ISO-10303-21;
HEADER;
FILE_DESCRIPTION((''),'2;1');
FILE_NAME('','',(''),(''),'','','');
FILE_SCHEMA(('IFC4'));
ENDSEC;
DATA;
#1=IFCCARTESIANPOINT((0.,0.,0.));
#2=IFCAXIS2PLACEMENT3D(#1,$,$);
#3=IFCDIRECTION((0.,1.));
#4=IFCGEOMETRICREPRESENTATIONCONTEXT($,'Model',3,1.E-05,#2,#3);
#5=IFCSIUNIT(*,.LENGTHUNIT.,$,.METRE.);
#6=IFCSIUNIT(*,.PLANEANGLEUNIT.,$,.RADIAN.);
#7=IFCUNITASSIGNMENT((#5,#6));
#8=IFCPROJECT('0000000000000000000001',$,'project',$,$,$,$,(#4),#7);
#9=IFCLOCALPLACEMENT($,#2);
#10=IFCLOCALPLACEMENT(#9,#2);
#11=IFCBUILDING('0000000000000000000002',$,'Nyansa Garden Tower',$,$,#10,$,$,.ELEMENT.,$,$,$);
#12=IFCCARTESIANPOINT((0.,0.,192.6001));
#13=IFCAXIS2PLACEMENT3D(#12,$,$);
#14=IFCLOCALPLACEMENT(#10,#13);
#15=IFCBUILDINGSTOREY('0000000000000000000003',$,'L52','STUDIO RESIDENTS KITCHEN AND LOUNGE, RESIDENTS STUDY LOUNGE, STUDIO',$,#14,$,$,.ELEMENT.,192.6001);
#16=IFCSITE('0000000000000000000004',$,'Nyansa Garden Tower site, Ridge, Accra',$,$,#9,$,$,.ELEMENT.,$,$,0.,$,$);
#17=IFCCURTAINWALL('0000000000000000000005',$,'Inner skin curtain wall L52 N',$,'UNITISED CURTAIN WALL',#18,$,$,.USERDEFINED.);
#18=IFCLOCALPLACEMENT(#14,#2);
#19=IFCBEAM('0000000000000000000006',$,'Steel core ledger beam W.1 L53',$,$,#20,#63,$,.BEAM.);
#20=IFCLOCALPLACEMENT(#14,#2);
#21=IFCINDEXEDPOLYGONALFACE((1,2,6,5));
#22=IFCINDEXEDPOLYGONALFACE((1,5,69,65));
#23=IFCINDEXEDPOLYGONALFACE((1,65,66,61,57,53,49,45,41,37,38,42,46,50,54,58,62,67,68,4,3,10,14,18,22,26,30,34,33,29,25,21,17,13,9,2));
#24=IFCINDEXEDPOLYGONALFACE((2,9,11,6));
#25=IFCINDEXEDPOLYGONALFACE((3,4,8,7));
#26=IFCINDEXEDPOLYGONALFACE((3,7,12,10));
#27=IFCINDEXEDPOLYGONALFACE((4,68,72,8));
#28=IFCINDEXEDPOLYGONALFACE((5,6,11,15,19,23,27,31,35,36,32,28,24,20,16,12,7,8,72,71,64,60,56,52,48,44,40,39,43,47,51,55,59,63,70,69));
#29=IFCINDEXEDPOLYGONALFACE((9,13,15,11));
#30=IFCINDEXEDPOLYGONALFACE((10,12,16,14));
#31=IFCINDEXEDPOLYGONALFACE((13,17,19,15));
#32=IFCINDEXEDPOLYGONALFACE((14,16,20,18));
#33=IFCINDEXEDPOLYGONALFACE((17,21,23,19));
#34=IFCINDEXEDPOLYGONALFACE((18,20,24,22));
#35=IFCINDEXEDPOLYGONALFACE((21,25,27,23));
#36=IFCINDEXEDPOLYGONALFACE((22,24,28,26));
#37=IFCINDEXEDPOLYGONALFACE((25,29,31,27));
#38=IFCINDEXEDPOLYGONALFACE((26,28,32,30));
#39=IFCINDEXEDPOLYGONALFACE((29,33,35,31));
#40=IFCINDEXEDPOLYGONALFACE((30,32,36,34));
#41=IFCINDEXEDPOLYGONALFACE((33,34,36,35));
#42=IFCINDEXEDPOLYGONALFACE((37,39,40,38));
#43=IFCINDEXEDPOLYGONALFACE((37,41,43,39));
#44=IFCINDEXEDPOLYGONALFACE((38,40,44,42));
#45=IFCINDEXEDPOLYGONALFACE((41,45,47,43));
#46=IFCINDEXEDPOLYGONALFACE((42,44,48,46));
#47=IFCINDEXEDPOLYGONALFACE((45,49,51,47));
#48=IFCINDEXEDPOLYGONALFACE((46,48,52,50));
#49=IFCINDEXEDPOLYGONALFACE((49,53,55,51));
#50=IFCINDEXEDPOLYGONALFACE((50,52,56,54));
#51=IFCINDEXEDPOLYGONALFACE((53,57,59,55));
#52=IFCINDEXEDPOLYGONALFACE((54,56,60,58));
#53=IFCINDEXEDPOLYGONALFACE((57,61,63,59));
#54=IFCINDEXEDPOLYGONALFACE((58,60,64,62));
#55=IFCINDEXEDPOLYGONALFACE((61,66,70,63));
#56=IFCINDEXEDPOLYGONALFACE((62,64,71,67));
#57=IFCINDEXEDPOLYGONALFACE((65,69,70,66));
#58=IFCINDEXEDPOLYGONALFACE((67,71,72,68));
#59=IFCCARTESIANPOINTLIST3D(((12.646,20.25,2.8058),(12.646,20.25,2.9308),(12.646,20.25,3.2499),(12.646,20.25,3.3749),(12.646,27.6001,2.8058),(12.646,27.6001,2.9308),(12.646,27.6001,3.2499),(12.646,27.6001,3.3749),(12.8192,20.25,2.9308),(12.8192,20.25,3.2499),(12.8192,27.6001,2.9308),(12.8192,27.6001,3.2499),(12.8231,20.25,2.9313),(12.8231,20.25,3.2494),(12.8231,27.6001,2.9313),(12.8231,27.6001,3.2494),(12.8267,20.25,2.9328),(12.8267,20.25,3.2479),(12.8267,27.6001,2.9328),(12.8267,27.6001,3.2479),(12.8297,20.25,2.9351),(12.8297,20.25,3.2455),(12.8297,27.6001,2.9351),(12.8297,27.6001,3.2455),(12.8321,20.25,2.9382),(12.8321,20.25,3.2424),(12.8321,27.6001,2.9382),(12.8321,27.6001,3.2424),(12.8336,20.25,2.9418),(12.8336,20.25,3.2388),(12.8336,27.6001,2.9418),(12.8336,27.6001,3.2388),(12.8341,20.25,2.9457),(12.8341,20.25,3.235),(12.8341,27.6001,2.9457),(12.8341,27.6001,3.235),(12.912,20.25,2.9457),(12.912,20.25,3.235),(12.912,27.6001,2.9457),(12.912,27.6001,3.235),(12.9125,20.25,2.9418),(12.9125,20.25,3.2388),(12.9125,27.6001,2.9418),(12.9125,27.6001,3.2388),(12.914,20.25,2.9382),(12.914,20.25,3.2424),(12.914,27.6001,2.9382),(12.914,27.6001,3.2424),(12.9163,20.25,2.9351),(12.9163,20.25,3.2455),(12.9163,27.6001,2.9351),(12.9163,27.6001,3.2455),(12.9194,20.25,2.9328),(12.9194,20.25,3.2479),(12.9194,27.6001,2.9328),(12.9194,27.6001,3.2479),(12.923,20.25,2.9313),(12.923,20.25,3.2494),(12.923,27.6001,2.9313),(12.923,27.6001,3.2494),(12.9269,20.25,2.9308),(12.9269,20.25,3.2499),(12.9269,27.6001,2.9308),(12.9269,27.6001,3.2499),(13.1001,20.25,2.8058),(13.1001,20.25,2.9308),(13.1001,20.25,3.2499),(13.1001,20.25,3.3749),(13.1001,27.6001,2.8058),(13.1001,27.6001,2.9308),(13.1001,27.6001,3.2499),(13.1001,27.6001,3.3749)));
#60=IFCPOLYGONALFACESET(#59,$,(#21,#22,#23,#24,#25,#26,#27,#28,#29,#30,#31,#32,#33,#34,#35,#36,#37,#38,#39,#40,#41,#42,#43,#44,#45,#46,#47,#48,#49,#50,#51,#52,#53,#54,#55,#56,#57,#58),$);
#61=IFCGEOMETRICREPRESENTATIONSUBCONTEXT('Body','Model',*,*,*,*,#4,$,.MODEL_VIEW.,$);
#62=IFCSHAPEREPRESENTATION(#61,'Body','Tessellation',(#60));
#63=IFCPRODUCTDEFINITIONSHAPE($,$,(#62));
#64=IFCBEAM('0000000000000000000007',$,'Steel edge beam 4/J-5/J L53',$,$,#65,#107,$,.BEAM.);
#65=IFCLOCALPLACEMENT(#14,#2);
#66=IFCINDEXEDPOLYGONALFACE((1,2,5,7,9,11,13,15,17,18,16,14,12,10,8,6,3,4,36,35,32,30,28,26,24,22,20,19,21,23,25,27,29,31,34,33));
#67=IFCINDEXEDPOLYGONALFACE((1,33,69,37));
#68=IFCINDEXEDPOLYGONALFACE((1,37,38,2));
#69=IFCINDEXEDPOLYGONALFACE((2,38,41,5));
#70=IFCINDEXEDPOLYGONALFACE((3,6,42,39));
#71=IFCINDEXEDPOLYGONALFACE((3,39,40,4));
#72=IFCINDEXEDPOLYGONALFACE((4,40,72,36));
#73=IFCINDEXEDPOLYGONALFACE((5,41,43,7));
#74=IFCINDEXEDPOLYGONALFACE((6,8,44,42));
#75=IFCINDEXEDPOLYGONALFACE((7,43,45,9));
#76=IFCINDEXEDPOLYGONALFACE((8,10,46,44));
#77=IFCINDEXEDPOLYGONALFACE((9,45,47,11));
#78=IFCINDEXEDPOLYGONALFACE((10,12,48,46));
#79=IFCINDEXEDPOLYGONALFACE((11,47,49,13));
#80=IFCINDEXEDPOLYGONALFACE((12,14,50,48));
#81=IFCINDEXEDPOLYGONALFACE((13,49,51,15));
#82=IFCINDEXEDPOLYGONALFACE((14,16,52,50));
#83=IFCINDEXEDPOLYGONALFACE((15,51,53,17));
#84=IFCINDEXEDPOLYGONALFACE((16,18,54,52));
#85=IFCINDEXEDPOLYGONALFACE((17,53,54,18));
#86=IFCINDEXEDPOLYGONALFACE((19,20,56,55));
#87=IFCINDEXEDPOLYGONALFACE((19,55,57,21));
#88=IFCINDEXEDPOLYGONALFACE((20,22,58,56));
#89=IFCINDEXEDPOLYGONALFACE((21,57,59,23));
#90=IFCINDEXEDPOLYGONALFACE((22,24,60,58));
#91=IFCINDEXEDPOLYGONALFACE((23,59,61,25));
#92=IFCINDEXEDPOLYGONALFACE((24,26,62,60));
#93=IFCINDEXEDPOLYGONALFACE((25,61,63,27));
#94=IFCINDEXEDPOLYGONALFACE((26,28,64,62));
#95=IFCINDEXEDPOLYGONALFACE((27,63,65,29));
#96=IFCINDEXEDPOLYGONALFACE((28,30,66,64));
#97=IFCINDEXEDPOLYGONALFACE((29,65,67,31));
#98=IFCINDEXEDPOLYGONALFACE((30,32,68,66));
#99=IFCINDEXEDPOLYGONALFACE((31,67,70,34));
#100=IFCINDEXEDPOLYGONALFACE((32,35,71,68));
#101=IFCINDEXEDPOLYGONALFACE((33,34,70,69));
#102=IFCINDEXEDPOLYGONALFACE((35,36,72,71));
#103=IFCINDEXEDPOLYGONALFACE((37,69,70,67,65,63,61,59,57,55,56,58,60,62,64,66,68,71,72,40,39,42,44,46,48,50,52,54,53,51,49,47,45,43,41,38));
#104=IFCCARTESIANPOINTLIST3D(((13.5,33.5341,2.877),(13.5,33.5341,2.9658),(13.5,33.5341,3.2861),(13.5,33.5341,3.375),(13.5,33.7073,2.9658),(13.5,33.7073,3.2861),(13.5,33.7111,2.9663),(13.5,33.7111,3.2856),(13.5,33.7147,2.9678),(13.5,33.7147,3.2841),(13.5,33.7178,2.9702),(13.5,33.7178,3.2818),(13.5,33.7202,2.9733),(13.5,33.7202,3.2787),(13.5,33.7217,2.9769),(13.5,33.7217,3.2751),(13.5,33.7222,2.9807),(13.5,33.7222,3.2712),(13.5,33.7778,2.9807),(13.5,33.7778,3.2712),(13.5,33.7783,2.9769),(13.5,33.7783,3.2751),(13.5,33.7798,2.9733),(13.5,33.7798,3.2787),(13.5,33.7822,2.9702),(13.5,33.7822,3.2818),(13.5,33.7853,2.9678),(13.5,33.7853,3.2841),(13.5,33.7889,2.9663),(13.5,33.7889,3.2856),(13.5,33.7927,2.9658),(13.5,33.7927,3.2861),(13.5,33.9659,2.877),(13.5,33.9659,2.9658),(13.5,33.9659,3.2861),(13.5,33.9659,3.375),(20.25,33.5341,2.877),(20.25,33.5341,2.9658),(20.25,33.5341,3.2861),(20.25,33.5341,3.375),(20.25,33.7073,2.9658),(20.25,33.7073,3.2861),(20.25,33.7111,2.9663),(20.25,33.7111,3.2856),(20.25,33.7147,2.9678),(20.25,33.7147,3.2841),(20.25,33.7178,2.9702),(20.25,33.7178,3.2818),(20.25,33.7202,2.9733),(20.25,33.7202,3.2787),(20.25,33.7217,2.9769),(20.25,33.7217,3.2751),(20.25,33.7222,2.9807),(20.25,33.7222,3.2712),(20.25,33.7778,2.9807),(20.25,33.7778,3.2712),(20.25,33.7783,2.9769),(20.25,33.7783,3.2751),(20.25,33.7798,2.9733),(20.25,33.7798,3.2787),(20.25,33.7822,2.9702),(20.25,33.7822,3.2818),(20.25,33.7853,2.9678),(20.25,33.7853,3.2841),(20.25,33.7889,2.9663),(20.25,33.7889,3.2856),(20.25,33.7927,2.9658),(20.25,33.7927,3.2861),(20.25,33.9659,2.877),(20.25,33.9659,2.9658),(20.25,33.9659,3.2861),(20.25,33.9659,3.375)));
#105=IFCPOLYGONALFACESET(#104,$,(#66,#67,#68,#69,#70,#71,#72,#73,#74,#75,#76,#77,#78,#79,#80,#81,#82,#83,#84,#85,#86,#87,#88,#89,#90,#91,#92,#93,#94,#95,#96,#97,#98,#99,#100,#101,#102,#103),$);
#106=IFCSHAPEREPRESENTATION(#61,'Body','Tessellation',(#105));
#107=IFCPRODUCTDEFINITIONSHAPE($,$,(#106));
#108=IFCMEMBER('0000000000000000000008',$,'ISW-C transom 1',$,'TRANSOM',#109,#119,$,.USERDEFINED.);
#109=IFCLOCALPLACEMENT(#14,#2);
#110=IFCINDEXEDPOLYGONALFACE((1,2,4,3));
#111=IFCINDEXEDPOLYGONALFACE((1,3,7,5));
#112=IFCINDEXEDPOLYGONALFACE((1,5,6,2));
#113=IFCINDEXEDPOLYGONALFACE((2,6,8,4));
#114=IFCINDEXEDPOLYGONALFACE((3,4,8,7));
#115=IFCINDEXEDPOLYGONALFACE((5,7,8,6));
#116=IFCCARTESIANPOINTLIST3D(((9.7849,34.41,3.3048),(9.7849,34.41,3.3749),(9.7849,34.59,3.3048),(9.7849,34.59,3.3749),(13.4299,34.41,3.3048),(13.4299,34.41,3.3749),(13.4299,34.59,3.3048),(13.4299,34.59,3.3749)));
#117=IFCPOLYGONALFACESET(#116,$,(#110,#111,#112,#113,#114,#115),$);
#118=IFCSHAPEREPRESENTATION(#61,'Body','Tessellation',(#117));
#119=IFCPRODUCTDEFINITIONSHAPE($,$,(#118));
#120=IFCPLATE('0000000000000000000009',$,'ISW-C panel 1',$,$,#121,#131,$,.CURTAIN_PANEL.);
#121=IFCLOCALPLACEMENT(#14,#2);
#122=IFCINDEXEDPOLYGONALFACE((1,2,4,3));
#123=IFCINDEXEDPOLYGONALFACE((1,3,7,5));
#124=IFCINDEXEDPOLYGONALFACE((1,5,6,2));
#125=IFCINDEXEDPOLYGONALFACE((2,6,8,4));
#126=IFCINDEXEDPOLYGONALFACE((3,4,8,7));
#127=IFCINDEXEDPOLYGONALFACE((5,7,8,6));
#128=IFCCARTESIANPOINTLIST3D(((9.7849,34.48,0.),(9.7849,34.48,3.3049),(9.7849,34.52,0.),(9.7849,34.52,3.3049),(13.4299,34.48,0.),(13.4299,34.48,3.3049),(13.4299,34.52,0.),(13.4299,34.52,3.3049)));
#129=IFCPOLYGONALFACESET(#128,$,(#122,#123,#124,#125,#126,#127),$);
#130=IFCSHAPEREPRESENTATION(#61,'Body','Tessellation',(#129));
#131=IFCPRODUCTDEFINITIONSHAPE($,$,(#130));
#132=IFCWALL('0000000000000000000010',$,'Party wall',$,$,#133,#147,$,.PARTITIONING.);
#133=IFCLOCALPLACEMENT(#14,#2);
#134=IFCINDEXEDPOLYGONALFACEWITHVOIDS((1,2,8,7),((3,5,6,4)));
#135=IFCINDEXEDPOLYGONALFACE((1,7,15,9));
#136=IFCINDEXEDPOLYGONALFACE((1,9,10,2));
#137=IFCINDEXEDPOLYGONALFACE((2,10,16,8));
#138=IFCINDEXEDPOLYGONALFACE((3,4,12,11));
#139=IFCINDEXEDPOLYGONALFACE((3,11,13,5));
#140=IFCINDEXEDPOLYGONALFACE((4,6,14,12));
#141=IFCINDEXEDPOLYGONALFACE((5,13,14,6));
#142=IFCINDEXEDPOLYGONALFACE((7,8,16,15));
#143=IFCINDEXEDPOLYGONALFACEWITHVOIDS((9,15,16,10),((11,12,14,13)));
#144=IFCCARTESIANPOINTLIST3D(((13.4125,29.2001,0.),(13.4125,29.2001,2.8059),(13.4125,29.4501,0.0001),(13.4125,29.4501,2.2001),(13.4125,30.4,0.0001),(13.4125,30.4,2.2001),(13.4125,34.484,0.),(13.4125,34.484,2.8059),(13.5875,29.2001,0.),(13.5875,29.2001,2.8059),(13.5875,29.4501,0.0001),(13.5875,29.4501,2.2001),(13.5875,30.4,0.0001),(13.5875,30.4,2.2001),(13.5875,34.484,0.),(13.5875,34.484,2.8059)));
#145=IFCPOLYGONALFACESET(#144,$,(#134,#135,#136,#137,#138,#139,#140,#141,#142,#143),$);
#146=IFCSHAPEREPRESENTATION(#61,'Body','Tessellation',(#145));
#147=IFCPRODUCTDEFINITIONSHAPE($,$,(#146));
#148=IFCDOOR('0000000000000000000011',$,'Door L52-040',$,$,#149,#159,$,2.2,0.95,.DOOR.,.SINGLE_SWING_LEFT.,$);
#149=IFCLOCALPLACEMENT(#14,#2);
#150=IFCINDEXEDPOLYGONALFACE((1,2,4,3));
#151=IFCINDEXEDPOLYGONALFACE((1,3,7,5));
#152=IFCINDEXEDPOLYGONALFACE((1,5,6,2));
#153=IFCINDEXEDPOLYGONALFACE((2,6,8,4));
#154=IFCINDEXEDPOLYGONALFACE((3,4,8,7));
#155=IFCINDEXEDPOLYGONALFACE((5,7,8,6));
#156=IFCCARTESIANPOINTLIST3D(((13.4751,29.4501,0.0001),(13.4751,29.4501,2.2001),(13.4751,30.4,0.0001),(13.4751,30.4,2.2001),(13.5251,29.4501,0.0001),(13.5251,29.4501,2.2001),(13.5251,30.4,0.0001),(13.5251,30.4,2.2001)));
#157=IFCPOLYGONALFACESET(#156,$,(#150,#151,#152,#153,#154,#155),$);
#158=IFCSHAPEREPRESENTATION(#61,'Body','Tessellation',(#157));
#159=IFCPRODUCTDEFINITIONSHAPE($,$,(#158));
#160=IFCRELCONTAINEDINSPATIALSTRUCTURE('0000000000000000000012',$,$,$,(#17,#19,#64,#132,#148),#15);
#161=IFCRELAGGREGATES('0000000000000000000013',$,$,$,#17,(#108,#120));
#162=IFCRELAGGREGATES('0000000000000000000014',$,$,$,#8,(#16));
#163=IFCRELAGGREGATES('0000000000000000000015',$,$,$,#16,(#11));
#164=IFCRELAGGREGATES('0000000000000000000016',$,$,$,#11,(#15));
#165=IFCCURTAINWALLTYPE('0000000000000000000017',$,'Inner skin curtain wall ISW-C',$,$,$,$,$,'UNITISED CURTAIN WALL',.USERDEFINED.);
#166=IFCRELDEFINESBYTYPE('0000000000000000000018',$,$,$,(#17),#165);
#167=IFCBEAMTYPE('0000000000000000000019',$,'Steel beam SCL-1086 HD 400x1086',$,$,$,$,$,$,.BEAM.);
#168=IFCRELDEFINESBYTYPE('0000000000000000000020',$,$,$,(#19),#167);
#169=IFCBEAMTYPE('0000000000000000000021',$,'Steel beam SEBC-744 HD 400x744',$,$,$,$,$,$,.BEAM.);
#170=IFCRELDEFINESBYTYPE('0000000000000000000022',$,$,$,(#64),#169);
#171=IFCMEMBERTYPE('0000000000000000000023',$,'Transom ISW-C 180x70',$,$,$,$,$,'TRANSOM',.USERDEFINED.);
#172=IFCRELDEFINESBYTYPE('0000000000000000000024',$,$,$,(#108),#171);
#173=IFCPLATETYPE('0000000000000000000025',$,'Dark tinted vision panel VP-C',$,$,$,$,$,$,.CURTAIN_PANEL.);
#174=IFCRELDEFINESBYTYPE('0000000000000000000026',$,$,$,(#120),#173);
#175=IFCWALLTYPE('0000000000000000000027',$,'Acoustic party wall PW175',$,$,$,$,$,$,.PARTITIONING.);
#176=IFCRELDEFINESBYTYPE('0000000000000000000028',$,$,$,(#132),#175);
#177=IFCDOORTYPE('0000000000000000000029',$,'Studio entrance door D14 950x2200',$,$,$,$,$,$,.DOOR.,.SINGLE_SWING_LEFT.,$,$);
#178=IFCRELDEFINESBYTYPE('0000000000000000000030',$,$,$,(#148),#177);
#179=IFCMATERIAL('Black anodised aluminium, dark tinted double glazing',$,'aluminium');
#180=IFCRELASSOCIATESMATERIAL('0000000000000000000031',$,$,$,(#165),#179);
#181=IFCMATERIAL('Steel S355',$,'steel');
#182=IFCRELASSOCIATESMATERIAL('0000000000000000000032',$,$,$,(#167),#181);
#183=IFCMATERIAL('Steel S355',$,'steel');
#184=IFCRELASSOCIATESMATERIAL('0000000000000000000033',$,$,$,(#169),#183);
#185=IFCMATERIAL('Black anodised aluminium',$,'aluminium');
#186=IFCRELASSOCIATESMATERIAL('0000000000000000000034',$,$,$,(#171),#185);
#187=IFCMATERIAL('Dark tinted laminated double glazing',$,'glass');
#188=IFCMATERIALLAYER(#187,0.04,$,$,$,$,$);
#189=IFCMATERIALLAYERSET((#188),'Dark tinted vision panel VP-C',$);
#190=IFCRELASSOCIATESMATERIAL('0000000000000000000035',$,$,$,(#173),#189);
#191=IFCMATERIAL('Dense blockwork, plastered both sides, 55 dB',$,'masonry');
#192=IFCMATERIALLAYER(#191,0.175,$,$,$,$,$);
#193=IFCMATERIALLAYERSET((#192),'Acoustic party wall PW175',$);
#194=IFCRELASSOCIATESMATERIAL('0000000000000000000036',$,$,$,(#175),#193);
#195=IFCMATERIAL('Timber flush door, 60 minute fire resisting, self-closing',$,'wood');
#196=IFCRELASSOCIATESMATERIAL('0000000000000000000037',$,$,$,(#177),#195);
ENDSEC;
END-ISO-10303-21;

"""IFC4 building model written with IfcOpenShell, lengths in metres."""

from ifc_helpers import new_model, si_unit, direction, frame, frame_2d, origin, origin_2d, place, context, subcontext, project, spatial, rectangle, i_section, extrude, material, layer, layer_set, material_profile, profile_set, type_object, element, fill, aggregate, save


model = new_model("IFC4")

# Units and contexts
model_context = context("Model", 3, precision=1e-05, world=origin(), true_north=direction((0.0, 1.0)))
body_context = subcontext(model_context, "Body", "Model", "MODEL_VIEW")
ifc_project = project(units=[si_unit("LENGTHUNIT", "METRE"), si_unit("PLANEANGLEUNIT", "RADIAN")], contexts=[model_context])

# Site, building, storey
site_placement = place(None, origin())
site = spatial("IfcSite", under=ifc_project, at=site_placement, Name="Nyansa Garden Tower site, Ridge, Accra", CompositionType="ELEMENT", RefElevation=0.0)
building_placement = place(site_placement, origin())
building = spatial("IfcBuilding", under=site, at=building_placement, Name="Nyansa Garden Tower", CompositionType="ELEMENT")
storey_placement = place(building_placement, frame((0.0, 0.0, 192.6001)))
storey = spatial("IfcBuildingStorey", under=building, at=storey_placement, Name="L52", Description="STUDIO RESIDENTS KITCHEN AND LOUNGE, RESIDENTS STUDY LOUNGE, STUDIO", CompositionType="ELEMENT", Elevation=192.6001)

# Curtain wall
ifc_material_1 = material(Name="Black anodised aluminium, dark tinted double glazing", Category="aluminium")
curtain_wall_type = type_object("IfcCurtainWallType", Name="Inner skin curtain wall ISW-C", ElementType="UNITISED CURTAIN WALL", PredefinedType="USERDEFINED", material=ifc_material_1)
curtain_wall_placement = place(storey_placement, origin())
curtain_wall = element("IfcCurtainWall", 1, at=curtain_wall_placement, inside=storey, type_object=curtain_wall_type, Name="Inner skin curtain wall L52 N", ObjectType="UNITISED CURTAIN WALL", PredefinedType="USERDEFINED")

# Beams
ifc_material_2 = material(Name="Steel S355", Category="steel")
ifc_material_profile_1 = material_profile(ifc_material_2, i_section(OverallWidth=0.4541, OverallDepth=0.5691, WebThickness=0.0779, FlangeThickness=0.125, FilletRadius=0.0149, at=origin_2d()), Name="HD 400x1086")
ifc_profile_set_1 = profile_set([ifc_material_profile_1], Name="Steel S355")
beam_type_1 = type_object("IfcBeamType", Name="Steel beam SCL-1086 HD 400x1086", PredefinedType="BEAM", material=ifc_profile_set_1)
beam_1_placement = place(storey_placement, frame((12.873, 27.6001, 3.0903), z_axis=(0.0, -1.0, 0.0), x_axis=(1.0, 0.0, 0.0)))
element("IfcBeam", 2, at=beam_1_placement, inside=storey, type_object=beam_type_1, Name="Steel core ledger beam W.1 L53", PredefinedType="BEAM", context=body_context, shape_type="SweptSolid", body=[
    extrude(i_section(OverallWidth=0.4541, OverallDepth=0.5691, WebThickness=0.0779, FlangeThickness=0.125, FilletRadius=0.0149, at=origin_2d()), origin(), (0.0, 0.0, 1.0), 7.3501),
])
ifc_material_3 = material(Name="Steel S355", Category="steel")
ifc_material_profile_2 = material_profile(ifc_material_3, i_section(OverallWidth=0.4319, OverallDepth=0.498, WebThickness=0.0557, FlangeThickness=0.0889, FilletRadius=0.0149, at=origin_2d()), Name="HD 400x744")
ifc_profile_set_2 = profile_set([ifc_material_profile_2], Name="Steel S355")
beam_type_2 = type_object("IfcBeamType", Name="Steel beam SEBC-744 HD 400x744", PredefinedType="BEAM", material=ifc_profile_set_2)
beam_2_placement = place(storey_placement, frame((13.5, 33.75, 3.126), z_axis=(1.0, 0.0, 0.0), x_axis=(0.0, 1.0, 0.0)))
element("IfcBeam", 3, at=beam_2_placement, inside=storey, type_object=beam_type_2, Name="Steel edge beam 4/J-5/J L53", PredefinedType="BEAM", context=body_context, shape_type="SweptSolid", body=[
    extrude(i_section(OverallWidth=0.4319, OverallDepth=0.498, WebThickness=0.0557, FlangeThickness=0.0889, FilletRadius=0.0149, at=origin_2d()), origin(), (0.0, 0.0, 1.0), 6.75),
])

# Member
ifc_material_4 = material(Name="Black anodised aluminium", Category="aluminium")
ifc_material_profile_3 = material_profile(ifc_material_4, rectangle(XDim=0.1799, YDim=0.0701, at=origin_2d()), Name="Transom 180x70")
ifc_profile_set_3 = profile_set([ifc_material_profile_3], Name="Black anodised aluminium")
member_type_1 = type_object("IfcMemberType", Name="Transom ISW-C 180x70", ElementType="TRANSOM", PredefinedType="USERDEFINED", material=ifc_profile_set_3)
member_1_placement = place(storey_placement, frame((13.4299, 34.5, 3.3398), z_axis=(-1.0, 0.0, 0.0), x_axis=(0.0, -1.0, 0.0)))
member_1 = element("IfcMember", 4, at=member_1_placement, type_object=member_type_1, Name="ISW-C transom 1", ObjectType="TRANSOM", PredefinedType="USERDEFINED", context=body_context, shape_type="SweptSolid", body=[
    extrude(rectangle(XDim=0.1799, YDim=0.0701, at=origin_2d()), origin(), (0.0, 0.0, 1.0), 3.645),
])

# Plate
ifc_material_5 = material(Name="Dark tinted laminated double glazing", Category="glass")
ifc_layer_1 = layer(ifc_material_5, 0.04)
ifc_layer_set_1 = layer_set([ifc_layer_1], Name="Dark tinted vision panel VP-C")
plate_type = type_object("IfcPlateType", Name="Dark tinted vision panel VP-C", PredefinedType="CURTAIN_PANEL", material=ifc_layer_set_1)
plate_placement = place(storey_placement, frame((11.6074, 34.5, 0.0), z_axis=(0.0, 0.0, 1.0), x_axis=(-1.0, 0.0, 0.0)))
plate = element("IfcPlate", 5, at=plate_placement, type_object=plate_type, Name="ISW-C panel 1", PredefinedType="CURTAIN_PANEL", context=body_context, shape_type="SweptSolid", body=[
    extrude(rectangle(XDim=3.645, YDim=0.04, at=origin_2d()), origin(), (0.0, 0.0, 1.0), 3.3049),
])
aggregate(curtain_wall, [member_1, plate])

# Wall, opening, door
ifc_material_6 = material(Name="Dense blockwork, plastered both sides, 55 dB", Category="masonry")
ifc_layer_2 = layer(ifc_material_6, 0.175)
ifc_layer_set_2 = layer_set([ifc_layer_2], Name="Acoustic party wall PW175")
wall_type_1 = type_object("IfcWallType", Name="Acoustic party wall PW175", PredefinedType="PARTITIONING", material=ifc_layer_set_2)
wall_1_placement = place(storey_placement, frame((13.5, 29.2, 0.0), z_axis=(0.0, 0.0, 1.0), x_axis=(0.0, 1.0, 0.0)))
wall_1 = element("IfcWall", 6, at=wall_1_placement, inside=storey, type_object=wall_type_1, Name="Party wall", PredefinedType="PARTITIONING", context=body_context, shape_type="SweptSolid", body=[
    extrude(rectangle(XDim=5.2839, YDim=0.175, at=frame_2d((2.6421, 0.0))), origin(), (0.0, 0.0, 1.0), 2.8059),
])
opening_1_placement = place(wall_1_placement, frame((0.25, 0.0, 0.0)))
opening_1 = element("IfcOpeningElement", 7, at=opening_1_placement, cuts=wall_1, PredefinedType="OPENING", context=body_context, shape_type="SweptSolid", body=[
    extrude(rectangle(XDim=0.95, YDim=2.2, at=frame_2d((0.4751, 1.1001))), frame((0.0, 0.0974, 0.0), z_axis=(0.0, -1.0, 0.0), x_axis=(1.0, 0.0, 0.0)), (0.0, 0.0, 1.0), 0.1951),
])
ifc_material_7 = material(Name="Timber flush door, 60 minute fire resisting, self-closing", Category="wood")
door_type_1 = type_object("IfcDoorType", Name="Studio entrance door D14 950x2200", OperationType="SINGLE_SWING_LEFT", PredefinedType="DOOR", material=ifc_material_7)
door_1_placement = place(opening_1_placement, origin())
door_1 = element("IfcDoor", 8, at=door_1_placement, inside=storey, type_object=door_type_1, Name="Door L52-040", OperationType="SINGLE_SWING_LEFT", OverallHeight=2.2, OverallWidth=0.95, PredefinedType="DOOR", context=body_context, shape_type="SweptSolid", body=[
    extrude(rectangle(XDim=0.95, YDim=2.2, at=frame_2d((0.4751, 1.1001))), frame((0.0, 0.0249, 0.0), z_axis=(0.0, -1.0, 0.0), x_axis=(1.0, 0.0, 0.0)), (0.0, 0.0, 1.0), 0.05),
])
fill(opening_1, door_1)

save(model, "model.ifc")
